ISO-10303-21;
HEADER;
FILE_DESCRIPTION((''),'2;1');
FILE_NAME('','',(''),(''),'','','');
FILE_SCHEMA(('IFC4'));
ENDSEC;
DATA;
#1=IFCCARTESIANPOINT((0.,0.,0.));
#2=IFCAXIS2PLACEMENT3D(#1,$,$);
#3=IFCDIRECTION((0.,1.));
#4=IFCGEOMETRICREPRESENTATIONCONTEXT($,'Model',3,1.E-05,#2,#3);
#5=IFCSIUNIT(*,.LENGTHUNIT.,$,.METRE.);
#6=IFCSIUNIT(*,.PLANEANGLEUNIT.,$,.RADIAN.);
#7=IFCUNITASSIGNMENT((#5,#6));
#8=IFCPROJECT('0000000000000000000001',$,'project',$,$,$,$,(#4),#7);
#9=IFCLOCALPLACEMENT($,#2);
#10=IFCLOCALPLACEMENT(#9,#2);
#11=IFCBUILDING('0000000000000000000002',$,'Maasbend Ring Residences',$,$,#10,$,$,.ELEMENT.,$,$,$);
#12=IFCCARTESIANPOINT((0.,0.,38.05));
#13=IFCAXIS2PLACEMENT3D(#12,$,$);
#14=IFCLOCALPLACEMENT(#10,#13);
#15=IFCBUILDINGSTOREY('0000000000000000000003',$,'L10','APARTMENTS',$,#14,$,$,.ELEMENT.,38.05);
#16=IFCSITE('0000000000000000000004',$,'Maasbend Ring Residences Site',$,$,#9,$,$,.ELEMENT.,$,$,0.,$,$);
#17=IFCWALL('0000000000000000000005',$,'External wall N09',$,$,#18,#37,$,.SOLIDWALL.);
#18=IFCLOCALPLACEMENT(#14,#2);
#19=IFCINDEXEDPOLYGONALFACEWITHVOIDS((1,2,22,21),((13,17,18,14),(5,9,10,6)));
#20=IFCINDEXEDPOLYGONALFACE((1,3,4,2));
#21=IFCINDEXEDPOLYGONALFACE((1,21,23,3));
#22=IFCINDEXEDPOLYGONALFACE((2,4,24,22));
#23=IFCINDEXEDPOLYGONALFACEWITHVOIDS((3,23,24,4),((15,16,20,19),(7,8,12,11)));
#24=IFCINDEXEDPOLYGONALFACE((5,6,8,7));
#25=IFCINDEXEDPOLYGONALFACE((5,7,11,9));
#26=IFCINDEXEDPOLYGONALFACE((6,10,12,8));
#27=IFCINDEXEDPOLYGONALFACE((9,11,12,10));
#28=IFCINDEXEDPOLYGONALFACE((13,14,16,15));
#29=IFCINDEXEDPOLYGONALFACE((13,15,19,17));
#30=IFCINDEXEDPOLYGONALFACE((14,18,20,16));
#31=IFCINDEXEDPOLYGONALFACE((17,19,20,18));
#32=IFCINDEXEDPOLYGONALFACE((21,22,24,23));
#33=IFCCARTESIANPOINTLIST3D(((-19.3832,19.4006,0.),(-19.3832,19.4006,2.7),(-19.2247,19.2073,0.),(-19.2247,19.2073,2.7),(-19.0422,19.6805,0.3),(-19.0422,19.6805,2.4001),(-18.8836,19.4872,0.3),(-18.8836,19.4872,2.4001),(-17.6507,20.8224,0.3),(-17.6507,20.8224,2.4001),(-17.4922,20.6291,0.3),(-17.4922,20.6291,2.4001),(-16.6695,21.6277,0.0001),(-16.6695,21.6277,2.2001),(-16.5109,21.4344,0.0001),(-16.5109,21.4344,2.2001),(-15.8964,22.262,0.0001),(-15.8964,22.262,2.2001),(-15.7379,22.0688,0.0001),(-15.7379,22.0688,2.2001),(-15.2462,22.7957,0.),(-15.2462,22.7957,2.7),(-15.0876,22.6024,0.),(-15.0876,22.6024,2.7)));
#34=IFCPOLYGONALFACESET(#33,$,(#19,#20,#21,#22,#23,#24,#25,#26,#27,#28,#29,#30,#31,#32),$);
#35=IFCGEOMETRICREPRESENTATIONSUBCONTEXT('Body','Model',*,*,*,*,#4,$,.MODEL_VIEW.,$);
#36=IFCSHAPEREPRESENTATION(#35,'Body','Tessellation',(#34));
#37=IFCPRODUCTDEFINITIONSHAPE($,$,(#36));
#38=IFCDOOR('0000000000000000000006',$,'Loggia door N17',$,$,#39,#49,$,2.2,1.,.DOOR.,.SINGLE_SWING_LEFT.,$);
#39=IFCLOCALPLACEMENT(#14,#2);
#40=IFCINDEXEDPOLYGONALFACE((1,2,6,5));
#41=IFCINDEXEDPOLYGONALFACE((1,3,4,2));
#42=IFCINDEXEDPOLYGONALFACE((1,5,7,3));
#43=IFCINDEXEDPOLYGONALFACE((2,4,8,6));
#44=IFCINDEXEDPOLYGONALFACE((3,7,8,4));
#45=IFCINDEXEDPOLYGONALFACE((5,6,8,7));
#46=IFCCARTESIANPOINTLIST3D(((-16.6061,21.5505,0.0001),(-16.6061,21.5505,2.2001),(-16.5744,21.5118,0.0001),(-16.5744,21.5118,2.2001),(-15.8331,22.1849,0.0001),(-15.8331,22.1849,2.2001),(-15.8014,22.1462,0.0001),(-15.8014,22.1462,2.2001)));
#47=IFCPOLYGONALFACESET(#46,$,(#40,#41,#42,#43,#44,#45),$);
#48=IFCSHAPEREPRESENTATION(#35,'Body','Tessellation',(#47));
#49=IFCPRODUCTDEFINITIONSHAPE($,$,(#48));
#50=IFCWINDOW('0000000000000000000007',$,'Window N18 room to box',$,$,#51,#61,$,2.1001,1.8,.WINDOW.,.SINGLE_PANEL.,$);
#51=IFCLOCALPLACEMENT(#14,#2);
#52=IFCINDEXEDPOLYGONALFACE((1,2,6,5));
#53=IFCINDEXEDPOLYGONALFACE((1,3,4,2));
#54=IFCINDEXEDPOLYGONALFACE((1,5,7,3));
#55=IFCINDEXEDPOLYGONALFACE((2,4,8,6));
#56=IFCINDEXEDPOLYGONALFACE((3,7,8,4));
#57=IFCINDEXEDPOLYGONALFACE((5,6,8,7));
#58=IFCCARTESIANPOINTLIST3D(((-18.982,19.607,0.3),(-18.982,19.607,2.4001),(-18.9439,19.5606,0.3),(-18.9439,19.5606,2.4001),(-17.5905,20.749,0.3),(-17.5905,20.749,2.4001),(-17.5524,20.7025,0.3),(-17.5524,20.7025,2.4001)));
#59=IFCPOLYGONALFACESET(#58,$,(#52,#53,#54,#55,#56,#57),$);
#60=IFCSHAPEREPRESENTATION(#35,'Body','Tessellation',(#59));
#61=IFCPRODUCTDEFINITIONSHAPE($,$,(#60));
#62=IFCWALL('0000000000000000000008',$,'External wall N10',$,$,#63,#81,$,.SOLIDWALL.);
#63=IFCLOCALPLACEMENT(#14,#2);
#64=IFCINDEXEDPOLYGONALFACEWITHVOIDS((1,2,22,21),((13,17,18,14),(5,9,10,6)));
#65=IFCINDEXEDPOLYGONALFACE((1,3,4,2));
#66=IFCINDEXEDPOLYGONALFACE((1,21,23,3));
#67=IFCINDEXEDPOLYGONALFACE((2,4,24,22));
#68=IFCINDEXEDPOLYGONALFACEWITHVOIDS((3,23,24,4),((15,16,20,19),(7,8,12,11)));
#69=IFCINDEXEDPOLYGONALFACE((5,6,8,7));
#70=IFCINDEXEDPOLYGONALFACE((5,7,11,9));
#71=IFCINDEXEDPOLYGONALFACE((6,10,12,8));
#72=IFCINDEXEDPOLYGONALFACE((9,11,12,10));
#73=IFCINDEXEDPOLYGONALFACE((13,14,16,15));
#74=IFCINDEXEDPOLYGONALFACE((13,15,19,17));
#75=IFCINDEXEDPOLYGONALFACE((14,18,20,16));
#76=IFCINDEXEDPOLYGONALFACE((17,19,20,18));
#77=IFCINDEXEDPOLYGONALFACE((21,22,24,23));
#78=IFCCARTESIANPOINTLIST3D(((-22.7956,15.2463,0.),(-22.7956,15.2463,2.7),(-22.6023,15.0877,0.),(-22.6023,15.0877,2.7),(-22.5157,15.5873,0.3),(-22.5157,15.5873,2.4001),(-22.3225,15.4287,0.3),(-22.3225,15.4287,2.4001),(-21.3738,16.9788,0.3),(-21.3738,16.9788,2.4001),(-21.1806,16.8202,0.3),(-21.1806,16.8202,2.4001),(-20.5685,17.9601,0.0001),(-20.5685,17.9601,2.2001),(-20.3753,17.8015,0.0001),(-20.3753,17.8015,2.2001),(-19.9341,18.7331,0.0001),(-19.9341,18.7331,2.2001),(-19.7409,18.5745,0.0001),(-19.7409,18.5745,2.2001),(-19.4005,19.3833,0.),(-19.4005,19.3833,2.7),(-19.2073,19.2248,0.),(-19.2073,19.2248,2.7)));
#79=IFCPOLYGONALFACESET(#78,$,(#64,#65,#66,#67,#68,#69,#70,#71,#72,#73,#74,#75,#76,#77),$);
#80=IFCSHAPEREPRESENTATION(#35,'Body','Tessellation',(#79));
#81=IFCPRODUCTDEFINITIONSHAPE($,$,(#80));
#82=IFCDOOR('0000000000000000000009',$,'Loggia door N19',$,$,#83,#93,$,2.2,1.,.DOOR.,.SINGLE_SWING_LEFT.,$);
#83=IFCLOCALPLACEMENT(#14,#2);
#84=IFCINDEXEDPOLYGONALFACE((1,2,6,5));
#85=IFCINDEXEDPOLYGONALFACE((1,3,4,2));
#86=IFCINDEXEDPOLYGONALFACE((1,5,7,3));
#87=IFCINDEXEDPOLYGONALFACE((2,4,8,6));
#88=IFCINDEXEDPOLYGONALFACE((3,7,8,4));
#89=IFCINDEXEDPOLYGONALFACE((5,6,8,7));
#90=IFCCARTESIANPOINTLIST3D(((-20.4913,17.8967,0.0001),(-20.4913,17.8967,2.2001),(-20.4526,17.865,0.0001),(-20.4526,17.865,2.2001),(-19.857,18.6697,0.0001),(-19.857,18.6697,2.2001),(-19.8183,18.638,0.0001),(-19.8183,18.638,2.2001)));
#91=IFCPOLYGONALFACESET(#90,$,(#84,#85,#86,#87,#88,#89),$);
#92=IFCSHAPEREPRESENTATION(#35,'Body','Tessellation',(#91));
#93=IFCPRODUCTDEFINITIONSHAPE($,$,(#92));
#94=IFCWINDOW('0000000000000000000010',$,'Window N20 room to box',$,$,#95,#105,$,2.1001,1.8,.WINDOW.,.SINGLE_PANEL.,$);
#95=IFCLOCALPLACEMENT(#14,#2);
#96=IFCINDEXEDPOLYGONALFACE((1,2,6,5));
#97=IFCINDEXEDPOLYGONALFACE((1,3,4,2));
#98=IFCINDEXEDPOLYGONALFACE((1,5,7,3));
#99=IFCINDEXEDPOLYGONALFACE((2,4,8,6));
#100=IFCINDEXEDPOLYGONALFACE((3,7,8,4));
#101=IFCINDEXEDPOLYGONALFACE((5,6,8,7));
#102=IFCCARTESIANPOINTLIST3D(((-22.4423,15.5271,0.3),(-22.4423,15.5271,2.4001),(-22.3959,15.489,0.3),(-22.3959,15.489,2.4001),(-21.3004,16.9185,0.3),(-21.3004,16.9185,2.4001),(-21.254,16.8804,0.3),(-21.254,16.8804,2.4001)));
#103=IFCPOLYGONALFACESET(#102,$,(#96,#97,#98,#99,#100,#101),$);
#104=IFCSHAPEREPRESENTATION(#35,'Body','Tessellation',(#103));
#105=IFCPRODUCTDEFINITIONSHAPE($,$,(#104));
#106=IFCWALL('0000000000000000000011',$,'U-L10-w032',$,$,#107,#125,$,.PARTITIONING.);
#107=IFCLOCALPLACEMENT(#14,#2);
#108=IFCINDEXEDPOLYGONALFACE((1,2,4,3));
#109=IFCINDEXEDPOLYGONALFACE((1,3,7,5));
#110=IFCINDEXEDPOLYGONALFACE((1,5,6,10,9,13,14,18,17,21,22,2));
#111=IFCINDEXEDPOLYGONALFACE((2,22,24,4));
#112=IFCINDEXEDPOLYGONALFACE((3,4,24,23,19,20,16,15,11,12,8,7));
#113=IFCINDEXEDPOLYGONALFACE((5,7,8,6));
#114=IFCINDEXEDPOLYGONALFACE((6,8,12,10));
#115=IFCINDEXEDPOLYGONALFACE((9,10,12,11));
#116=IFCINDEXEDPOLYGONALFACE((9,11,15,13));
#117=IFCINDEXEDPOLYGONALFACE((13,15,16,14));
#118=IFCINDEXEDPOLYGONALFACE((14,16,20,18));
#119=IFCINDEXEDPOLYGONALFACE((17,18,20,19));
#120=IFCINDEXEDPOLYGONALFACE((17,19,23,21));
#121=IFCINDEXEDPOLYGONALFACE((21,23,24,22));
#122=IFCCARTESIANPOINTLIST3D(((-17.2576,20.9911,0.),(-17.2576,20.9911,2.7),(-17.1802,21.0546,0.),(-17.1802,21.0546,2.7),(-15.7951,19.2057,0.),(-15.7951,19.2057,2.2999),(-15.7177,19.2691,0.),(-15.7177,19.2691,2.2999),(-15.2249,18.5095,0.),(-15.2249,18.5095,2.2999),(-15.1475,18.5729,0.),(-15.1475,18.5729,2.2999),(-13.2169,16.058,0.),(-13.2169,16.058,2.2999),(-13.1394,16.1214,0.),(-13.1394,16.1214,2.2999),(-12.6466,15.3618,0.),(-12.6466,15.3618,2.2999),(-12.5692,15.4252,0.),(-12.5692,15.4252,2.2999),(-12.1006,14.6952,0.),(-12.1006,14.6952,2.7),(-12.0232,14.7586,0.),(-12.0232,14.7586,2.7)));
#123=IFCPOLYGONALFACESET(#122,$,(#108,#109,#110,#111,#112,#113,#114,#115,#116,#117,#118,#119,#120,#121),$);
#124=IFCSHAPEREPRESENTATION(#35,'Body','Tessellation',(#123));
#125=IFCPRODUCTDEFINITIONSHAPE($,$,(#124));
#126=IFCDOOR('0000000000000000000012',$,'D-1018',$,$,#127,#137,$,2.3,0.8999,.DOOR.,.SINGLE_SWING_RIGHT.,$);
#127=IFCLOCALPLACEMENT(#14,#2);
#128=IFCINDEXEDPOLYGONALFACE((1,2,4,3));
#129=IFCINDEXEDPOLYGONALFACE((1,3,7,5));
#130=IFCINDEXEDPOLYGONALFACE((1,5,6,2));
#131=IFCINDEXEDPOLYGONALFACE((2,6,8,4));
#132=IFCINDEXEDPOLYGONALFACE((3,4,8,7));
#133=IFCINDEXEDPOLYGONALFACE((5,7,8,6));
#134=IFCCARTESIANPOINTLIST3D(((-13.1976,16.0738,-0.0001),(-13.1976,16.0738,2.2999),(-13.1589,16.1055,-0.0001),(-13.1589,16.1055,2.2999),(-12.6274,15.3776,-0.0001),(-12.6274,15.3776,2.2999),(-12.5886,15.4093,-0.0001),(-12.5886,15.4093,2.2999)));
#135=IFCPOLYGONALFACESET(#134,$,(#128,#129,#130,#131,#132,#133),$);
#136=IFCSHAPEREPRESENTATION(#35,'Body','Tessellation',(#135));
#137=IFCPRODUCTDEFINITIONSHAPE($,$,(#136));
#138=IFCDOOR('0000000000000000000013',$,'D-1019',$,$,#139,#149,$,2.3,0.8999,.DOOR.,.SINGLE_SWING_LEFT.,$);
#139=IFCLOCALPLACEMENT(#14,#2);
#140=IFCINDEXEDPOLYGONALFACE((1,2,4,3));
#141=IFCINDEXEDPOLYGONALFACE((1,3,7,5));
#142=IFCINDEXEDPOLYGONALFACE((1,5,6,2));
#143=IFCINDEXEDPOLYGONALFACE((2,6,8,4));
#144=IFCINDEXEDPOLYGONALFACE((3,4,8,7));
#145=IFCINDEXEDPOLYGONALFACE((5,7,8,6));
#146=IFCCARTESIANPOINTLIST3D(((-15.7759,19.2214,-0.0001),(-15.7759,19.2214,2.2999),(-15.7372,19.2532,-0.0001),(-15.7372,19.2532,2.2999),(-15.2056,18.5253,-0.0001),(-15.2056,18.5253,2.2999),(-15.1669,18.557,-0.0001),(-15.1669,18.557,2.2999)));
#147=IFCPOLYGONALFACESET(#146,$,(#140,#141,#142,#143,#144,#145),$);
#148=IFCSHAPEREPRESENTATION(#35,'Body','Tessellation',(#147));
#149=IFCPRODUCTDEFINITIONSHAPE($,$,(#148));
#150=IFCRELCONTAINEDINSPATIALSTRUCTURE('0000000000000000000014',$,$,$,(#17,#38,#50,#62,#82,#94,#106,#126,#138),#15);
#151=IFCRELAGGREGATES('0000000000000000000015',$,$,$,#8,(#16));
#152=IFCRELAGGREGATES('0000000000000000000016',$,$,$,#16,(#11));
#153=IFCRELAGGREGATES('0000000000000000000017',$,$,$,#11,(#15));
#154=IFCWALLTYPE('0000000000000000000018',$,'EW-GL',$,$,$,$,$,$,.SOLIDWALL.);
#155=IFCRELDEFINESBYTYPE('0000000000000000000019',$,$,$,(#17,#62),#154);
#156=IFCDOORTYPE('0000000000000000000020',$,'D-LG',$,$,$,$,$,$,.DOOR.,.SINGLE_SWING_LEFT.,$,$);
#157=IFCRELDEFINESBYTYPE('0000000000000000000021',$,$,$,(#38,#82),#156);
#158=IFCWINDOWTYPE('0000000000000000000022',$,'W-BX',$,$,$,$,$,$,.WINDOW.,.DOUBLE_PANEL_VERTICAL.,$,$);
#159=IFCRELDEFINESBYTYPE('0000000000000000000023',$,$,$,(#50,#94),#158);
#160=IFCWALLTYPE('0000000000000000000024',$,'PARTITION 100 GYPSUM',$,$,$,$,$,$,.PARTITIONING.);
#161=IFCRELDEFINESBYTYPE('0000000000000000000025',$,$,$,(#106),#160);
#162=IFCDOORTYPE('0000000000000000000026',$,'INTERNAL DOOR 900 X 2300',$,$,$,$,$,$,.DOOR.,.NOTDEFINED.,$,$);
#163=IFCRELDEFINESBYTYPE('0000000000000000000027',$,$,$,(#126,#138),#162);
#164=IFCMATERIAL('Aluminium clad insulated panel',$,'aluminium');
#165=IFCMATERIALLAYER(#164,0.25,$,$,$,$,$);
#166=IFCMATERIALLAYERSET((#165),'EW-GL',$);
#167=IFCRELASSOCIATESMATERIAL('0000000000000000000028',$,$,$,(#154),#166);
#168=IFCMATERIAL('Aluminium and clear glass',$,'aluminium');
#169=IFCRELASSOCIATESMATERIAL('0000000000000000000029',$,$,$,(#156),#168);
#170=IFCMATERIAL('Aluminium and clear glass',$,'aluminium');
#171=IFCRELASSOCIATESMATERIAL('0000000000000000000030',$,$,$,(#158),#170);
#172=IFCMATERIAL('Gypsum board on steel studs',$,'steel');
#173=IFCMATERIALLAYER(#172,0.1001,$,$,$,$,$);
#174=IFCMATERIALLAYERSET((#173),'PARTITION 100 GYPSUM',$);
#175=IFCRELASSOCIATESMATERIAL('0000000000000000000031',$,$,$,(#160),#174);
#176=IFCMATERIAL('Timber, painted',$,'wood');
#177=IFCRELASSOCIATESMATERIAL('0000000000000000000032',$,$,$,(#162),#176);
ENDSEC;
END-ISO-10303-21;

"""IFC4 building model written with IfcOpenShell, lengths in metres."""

from ifc_helpers import new_model, si_unit, direction, frame, frame_2d, origin, place, context, subcontext, project, spatial, rectangle, extrude, material, layer, layer_set, type_object, element, fill, save


model = new_model("IFC4")

# Units and contexts
model_context = context("Model", 3, precision=1e-05, world=origin(), true_north=direction((0.0, 1.0)))
body_context = subcontext(model_context, "Body", "Model", "MODEL_VIEW")
ifc_project = project(units=[si_unit("LENGTHUNIT", "METRE"), si_unit("PLANEANGLEUNIT", "RADIAN")], contexts=[model_context])

# Site, building, storey
site_placement = place(None, origin())
site = spatial("IfcSite", under=ifc_project, at=site_placement, Name="Maasbend Ring Residences Site", CompositionType="ELEMENT", RefElevation=0.0)
building_placement = place(site_placement, origin())
building = spatial("IfcBuilding", under=site, at=building_placement, Name="Maasbend Ring Residences", CompositionType="ELEMENT")
storey_placement = place(building_placement, frame((0.0, 0.0, 38.05)))
storey = spatial("IfcBuildingStorey", under=building, at=storey_placement, Name="L10", Description="APARTMENTS", CompositionType="ELEMENT", Elevation=38.05)

# Walls, openings, doors, windows
ifc_material_1 = material(Name="Aluminium clad insulated panel", Category="aluminium")
ifc_layer_1 = layer(ifc_material_1, 0.25)
ifc_layer_set_1 = layer_set([ifc_layer_1], Name="EW-GL")
wall_type_1 = type_object("IfcWallType", Name="EW-GL", PredefinedType="SOLIDWALL", material=ifc_layer_set_1)
wall_1_placement = place(storey_placement, frame((-15.167, 22.699, 0.0), z_axis=(0.0, 0.0, 1.0), x_axis=(-0.773019, -0.634382, 0.0)))
wall_1 = element("IfcWall", 1, at=wall_1_placement, inside=storey, type_object=wall_type_1, Name="External wall N09", PredefinedType="SOLIDWALL", context=body_context, shape_type="SweptSolid", body=[
    extrude(rectangle(XDim=5.3518, YDim=0.25, at=frame_2d((2.6758, 0.0))), origin(), (0.0, 0.0, 1.0), 2.7),
])
opening_1_placement = place(wall_1_placement, frame((0.8411, 0.0, 0.0)))
opening_1 = element("IfcOpeningElement", 2, at=opening_1_placement, cuts=wall_1, PredefinedType="OPENING", context=body_context, shape_type="SweptSolid", body=[
    extrude(rectangle(XDim=1.0, YDim=2.2, at=frame_2d((0.5, 1.1001))), frame((0.0, 0.135, 0.0), z_axis=(0.0, -1.0, 0.0), x_axis=(1.0, 0.0, 0.0)), (0.0, 0.0, 1.0), 0.27),
])
opening_2_placement = place(wall_1_placement, frame((3.1106, 0.0, 0.3)))
opening_2 = element("IfcOpeningElement", 3, at=opening_2_placement, cuts=wall_1, PredefinedType="OPENING", context=body_context, shape_type="SweptSolid", body=[
    extrude(rectangle(XDim=1.8, YDim=2.1001, at=frame_2d((0.8999, 1.05))), frame((0.0, 0.135, 0.0), z_axis=(0.0, -1.0, 0.0), x_axis=(1.0, 0.0, 0.0)), (0.0, 0.0, 1.0), 0.27),
])
ifc_material_2 = material(Name="Aluminium and clear glass", Category="aluminium")
door_type_1 = type_object("IfcDoorType", Name="D-LG", OperationType="SINGLE_SWING_LEFT", PredefinedType="DOOR", material=ifc_material_2)
door_1_placement = place(opening_1_placement, origin())
door_1 = element("IfcDoor", 4, at=door_1_placement, inside=storey, type_object=door_type_1, Name="Loggia door N17", OperationType="SINGLE_SWING_LEFT", OverallHeight=2.2, OverallWidth=1.0, PredefinedType="DOOR", context=body_context, shape_type="SweptSolid", body=[
    extrude(rectangle(XDim=1.0, YDim=2.2, at=frame_2d((0.5, 1.1001))), frame((0.0, 0.0249, 0.0), z_axis=(0.0, -1.0, 0.0), x_axis=(1.0, 0.0, 0.0)), (0.0, 0.0, 1.0), 0.05),
])
fill(opening_1, door_1)
ifc_material_3 = material(Name="Aluminium and clear glass", Category="aluminium")
window_type_1 = type_object("IfcWindowType", Name="W-BX", PartitioningType="DOUBLE_PANEL_VERTICAL", PredefinedType="WINDOW", material=ifc_material_3)
window_1_placement = place(opening_2_placement, origin())
window_1 = element("IfcWindow", 5, at=window_1_placement, inside=storey, type_object=window_type_1, Name="Window N18 room to box", OverallHeight=2.1001, OverallWidth=1.8, PartitioningType="SINGLE_PANEL", PredefinedType="WINDOW", context=body_context, shape_type="SweptSolid", body=[
    extrude(rectangle(XDim=1.8, YDim=2.1001, at=frame_2d((0.8999, 1.05))), frame((0.0, 0.03, 0.0), z_axis=(0.0, -1.0, 0.0), x_axis=(1.0, 0.0, 0.0)), (0.0, 0.0, 1.0), 0.0601),
])
fill(opening_2, window_1)
wall_2_placement = place(storey_placement, frame((-19.304, 19.304, 0.0), z_axis=(0.0, 0.0, 1.0), x_axis=(-0.634382, -0.773019, 0.0)))
wall_2 = element("IfcWall", 6, at=wall_2_placement, inside=storey, type_object=wall_type_1, Name="External wall N10", PredefinedType="SOLIDWALL", context=body_context, shape_type="SweptSolid", body=[
    extrude(rectangle(XDim=5.3518, YDim=0.25, at=frame_2d((2.6758, 0.0))), origin(), (0.0, 0.0, 1.0), 2.7),
])
opening_3_placement = place(wall_2_placement, frame((0.8411, 0.0, 0.0)))
opening_3 = element("IfcOpeningElement", 7, at=opening_3_placement, cuts=wall_2, PredefinedType="OPENING", context=body_context, shape_type="SweptSolid", body=[
    extrude(rectangle(XDim=1.0, YDim=2.2, at=frame_2d((0.5, 1.1001))), frame((0.0, 0.135, 0.0), z_axis=(0.0, -1.0, 0.0), x_axis=(1.0, 0.0, 0.0)), (0.0, 0.0, 1.0), 0.27),
])
opening_4_placement = place(wall_2_placement, frame((3.1106, 0.0, 0.3)))
opening_4 = element("IfcOpeningElement", 8, at=opening_4_placement, cuts=wall_2, PredefinedType="OPENING", context=body_context, shape_type="SweptSolid", body=[
    extrude(rectangle(XDim=1.8, YDim=2.1001, at=frame_2d((0.8999, 1.05))), frame((0.0, 0.135, 0.0), z_axis=(0.0, -1.0, 0.0), x_axis=(1.0, 0.0, 0.0)), (0.0, 0.0, 1.0), 0.27),
])
door_2_placement = place(opening_3_placement, origin())
door_2 = element("IfcDoor", 9, at=door_2_placement, inside=storey, type_object=door_type_1, Name="Loggia door N19", OperationType="SINGLE_SWING_LEFT", OverallHeight=2.2, OverallWidth=1.0, PredefinedType="DOOR", context=body_context, shape_type="SweptSolid", body=[
    extrude(rectangle(XDim=1.0, YDim=2.2, at=frame_2d((0.5, 1.1001))), frame((0.0, 0.0249, 0.0), z_axis=(0.0, -1.0, 0.0), x_axis=(1.0, 0.0, 0.0)), (0.0, 0.0, 1.0), 0.05),
])
fill(opening_3, door_2)
window_2_placement = place(opening_4_placement, origin())
window_2 = element("IfcWindow", 10, at=window_2_placement, inside=storey, type_object=window_type_1, Name="Window N20 room to box", OverallHeight=2.1001, OverallWidth=1.8, PartitioningType="SINGLE_PANEL", PredefinedType="WINDOW", context=body_context, shape_type="SweptSolid", body=[
    extrude(rectangle(XDim=1.8, YDim=2.1001, at=frame_2d((0.8999, 1.05))), frame((0.0, 0.03, 0.0), z_axis=(0.0, -1.0, 0.0), x_axis=(1.0, 0.0, 0.0)), (0.0, 0.0, 1.0), 0.0601),
])
fill(opening_4, window_2)

# Wall, openings, doors
ifc_material_4 = material(Name="Gypsum board on steel studs", Category="steel")
ifc_layer_2 = layer(ifc_material_4, 0.1001)
ifc_layer_set_2 = layer_set([ifc_layer_2], Name="PARTITION 100 GYPSUM")
wall_type_2 = type_object("IfcWallType", Name="PARTITION 100 GYPSUM", PredefinedType="PARTITIONING", material=ifc_layer_set_2)
wall_3_placement = place(storey_placement, frame((-17.219, 21.0229, 0.0), z_axis=(0.0, 0.0, 1.0), x_axis=(0.633664, -0.773608, 0.0)))
wall_3 = element("IfcWall", 11, at=wall_3_placement, inside=storey, type_object=wall_type_2, Name="U-L10-w032", PredefinedType="PARTITIONING", context=body_context, shape_type="SweptSolid", body=[
    extrude(rectangle(XDim=8.1384, YDim=0.1001, at=frame_2d((4.0693, 0.0))), origin(), (0.0, 0.0, 1.0), 2.7),
])
opening_5_placement = place(wall_3_placement, frame((6.377, 0.0, 0.0)))
opening_5 = element("IfcOpeningElement", 12, at=opening_5_placement, cuts=wall_3, PredefinedType="OPENING", context=body_context, shape_type="SweptSolid", body=[
    extrude(rectangle(XDim=0.8999, YDim=2.3, at=frame_2d((0.45, 1.1499))), frame((0.0, 0.0601, 0.0), z_axis=(0.0, -1.0, 0.0), x_axis=(1.0, 0.0, 0.0)), (0.0, 0.0, 1.0), 0.1201),
])
opening_6_placement = place(wall_3_placement, frame((2.3081, 0.0, 0.0)))
opening_6 = element("IfcOpeningElement", 13, at=opening_6_placement, cuts=wall_3, PredefinedType="OPENING", context=body_context, shape_type="SweptSolid", body=[
    extrude(rectangle(XDim=0.8999, YDim=2.3, at=frame_2d((0.45, 1.1499))), frame((0.0, 0.0601, 0.0), z_axis=(0.0, -1.0, 0.0), x_axis=(1.0, 0.0, 0.0)), (0.0, 0.0, 1.0), 0.1201),
])
ifc_material_5 = material(Name="Timber, painted", Category="wood")
door_type_2 = type_object("IfcDoorType", Name="INTERNAL DOOR 900 X 2300", OperationType="NOTDEFINED", PredefinedType="DOOR", material=ifc_material_5)
door_3_placement = place(opening_5_placement, origin())
door_3 = element("IfcDoor", 14, at=door_3_placement, inside=storey, type_object=door_type_2, Name="D-1018", OperationType="SINGLE_SWING_RIGHT", OverallHeight=2.3, OverallWidth=0.8999, PredefinedType="DOOR", context=body_context, shape_type="SweptSolid", body=[
    extrude(rectangle(XDim=0.8999, YDim=2.3, at=frame_2d((0.45, 1.1499))), frame((0.0, 0.0249, 0.0), z_axis=(0.0, -1.0, 0.0), x_axis=(1.0, 0.0, 0.0)), (0.0, 0.0, 1.0), 0.05),
])
fill(opening_5, door_3)
door_4_placement = place(opening_6_placement, origin())
door_4 = element("IfcDoor", 15, at=door_4_placement, inside=storey, type_object=door_type_2, Name="D-1019", OperationType="SINGLE_SWING_LEFT", OverallHeight=2.3, OverallWidth=0.8999, PredefinedType="DOOR", context=body_context, shape_type="SweptSolid", body=[
    extrude(rectangle(XDim=0.8999, YDim=2.3, at=frame_2d((0.45, 1.1499))), frame((0.0, 0.0249, 0.0), z_axis=(0.0, -1.0, 0.0), x_axis=(1.0, 0.0, 0.0)), (0.0, 0.0, 1.0), 0.05),
])
fill(opening_6, door_4)

save(model, "model.ifc")
